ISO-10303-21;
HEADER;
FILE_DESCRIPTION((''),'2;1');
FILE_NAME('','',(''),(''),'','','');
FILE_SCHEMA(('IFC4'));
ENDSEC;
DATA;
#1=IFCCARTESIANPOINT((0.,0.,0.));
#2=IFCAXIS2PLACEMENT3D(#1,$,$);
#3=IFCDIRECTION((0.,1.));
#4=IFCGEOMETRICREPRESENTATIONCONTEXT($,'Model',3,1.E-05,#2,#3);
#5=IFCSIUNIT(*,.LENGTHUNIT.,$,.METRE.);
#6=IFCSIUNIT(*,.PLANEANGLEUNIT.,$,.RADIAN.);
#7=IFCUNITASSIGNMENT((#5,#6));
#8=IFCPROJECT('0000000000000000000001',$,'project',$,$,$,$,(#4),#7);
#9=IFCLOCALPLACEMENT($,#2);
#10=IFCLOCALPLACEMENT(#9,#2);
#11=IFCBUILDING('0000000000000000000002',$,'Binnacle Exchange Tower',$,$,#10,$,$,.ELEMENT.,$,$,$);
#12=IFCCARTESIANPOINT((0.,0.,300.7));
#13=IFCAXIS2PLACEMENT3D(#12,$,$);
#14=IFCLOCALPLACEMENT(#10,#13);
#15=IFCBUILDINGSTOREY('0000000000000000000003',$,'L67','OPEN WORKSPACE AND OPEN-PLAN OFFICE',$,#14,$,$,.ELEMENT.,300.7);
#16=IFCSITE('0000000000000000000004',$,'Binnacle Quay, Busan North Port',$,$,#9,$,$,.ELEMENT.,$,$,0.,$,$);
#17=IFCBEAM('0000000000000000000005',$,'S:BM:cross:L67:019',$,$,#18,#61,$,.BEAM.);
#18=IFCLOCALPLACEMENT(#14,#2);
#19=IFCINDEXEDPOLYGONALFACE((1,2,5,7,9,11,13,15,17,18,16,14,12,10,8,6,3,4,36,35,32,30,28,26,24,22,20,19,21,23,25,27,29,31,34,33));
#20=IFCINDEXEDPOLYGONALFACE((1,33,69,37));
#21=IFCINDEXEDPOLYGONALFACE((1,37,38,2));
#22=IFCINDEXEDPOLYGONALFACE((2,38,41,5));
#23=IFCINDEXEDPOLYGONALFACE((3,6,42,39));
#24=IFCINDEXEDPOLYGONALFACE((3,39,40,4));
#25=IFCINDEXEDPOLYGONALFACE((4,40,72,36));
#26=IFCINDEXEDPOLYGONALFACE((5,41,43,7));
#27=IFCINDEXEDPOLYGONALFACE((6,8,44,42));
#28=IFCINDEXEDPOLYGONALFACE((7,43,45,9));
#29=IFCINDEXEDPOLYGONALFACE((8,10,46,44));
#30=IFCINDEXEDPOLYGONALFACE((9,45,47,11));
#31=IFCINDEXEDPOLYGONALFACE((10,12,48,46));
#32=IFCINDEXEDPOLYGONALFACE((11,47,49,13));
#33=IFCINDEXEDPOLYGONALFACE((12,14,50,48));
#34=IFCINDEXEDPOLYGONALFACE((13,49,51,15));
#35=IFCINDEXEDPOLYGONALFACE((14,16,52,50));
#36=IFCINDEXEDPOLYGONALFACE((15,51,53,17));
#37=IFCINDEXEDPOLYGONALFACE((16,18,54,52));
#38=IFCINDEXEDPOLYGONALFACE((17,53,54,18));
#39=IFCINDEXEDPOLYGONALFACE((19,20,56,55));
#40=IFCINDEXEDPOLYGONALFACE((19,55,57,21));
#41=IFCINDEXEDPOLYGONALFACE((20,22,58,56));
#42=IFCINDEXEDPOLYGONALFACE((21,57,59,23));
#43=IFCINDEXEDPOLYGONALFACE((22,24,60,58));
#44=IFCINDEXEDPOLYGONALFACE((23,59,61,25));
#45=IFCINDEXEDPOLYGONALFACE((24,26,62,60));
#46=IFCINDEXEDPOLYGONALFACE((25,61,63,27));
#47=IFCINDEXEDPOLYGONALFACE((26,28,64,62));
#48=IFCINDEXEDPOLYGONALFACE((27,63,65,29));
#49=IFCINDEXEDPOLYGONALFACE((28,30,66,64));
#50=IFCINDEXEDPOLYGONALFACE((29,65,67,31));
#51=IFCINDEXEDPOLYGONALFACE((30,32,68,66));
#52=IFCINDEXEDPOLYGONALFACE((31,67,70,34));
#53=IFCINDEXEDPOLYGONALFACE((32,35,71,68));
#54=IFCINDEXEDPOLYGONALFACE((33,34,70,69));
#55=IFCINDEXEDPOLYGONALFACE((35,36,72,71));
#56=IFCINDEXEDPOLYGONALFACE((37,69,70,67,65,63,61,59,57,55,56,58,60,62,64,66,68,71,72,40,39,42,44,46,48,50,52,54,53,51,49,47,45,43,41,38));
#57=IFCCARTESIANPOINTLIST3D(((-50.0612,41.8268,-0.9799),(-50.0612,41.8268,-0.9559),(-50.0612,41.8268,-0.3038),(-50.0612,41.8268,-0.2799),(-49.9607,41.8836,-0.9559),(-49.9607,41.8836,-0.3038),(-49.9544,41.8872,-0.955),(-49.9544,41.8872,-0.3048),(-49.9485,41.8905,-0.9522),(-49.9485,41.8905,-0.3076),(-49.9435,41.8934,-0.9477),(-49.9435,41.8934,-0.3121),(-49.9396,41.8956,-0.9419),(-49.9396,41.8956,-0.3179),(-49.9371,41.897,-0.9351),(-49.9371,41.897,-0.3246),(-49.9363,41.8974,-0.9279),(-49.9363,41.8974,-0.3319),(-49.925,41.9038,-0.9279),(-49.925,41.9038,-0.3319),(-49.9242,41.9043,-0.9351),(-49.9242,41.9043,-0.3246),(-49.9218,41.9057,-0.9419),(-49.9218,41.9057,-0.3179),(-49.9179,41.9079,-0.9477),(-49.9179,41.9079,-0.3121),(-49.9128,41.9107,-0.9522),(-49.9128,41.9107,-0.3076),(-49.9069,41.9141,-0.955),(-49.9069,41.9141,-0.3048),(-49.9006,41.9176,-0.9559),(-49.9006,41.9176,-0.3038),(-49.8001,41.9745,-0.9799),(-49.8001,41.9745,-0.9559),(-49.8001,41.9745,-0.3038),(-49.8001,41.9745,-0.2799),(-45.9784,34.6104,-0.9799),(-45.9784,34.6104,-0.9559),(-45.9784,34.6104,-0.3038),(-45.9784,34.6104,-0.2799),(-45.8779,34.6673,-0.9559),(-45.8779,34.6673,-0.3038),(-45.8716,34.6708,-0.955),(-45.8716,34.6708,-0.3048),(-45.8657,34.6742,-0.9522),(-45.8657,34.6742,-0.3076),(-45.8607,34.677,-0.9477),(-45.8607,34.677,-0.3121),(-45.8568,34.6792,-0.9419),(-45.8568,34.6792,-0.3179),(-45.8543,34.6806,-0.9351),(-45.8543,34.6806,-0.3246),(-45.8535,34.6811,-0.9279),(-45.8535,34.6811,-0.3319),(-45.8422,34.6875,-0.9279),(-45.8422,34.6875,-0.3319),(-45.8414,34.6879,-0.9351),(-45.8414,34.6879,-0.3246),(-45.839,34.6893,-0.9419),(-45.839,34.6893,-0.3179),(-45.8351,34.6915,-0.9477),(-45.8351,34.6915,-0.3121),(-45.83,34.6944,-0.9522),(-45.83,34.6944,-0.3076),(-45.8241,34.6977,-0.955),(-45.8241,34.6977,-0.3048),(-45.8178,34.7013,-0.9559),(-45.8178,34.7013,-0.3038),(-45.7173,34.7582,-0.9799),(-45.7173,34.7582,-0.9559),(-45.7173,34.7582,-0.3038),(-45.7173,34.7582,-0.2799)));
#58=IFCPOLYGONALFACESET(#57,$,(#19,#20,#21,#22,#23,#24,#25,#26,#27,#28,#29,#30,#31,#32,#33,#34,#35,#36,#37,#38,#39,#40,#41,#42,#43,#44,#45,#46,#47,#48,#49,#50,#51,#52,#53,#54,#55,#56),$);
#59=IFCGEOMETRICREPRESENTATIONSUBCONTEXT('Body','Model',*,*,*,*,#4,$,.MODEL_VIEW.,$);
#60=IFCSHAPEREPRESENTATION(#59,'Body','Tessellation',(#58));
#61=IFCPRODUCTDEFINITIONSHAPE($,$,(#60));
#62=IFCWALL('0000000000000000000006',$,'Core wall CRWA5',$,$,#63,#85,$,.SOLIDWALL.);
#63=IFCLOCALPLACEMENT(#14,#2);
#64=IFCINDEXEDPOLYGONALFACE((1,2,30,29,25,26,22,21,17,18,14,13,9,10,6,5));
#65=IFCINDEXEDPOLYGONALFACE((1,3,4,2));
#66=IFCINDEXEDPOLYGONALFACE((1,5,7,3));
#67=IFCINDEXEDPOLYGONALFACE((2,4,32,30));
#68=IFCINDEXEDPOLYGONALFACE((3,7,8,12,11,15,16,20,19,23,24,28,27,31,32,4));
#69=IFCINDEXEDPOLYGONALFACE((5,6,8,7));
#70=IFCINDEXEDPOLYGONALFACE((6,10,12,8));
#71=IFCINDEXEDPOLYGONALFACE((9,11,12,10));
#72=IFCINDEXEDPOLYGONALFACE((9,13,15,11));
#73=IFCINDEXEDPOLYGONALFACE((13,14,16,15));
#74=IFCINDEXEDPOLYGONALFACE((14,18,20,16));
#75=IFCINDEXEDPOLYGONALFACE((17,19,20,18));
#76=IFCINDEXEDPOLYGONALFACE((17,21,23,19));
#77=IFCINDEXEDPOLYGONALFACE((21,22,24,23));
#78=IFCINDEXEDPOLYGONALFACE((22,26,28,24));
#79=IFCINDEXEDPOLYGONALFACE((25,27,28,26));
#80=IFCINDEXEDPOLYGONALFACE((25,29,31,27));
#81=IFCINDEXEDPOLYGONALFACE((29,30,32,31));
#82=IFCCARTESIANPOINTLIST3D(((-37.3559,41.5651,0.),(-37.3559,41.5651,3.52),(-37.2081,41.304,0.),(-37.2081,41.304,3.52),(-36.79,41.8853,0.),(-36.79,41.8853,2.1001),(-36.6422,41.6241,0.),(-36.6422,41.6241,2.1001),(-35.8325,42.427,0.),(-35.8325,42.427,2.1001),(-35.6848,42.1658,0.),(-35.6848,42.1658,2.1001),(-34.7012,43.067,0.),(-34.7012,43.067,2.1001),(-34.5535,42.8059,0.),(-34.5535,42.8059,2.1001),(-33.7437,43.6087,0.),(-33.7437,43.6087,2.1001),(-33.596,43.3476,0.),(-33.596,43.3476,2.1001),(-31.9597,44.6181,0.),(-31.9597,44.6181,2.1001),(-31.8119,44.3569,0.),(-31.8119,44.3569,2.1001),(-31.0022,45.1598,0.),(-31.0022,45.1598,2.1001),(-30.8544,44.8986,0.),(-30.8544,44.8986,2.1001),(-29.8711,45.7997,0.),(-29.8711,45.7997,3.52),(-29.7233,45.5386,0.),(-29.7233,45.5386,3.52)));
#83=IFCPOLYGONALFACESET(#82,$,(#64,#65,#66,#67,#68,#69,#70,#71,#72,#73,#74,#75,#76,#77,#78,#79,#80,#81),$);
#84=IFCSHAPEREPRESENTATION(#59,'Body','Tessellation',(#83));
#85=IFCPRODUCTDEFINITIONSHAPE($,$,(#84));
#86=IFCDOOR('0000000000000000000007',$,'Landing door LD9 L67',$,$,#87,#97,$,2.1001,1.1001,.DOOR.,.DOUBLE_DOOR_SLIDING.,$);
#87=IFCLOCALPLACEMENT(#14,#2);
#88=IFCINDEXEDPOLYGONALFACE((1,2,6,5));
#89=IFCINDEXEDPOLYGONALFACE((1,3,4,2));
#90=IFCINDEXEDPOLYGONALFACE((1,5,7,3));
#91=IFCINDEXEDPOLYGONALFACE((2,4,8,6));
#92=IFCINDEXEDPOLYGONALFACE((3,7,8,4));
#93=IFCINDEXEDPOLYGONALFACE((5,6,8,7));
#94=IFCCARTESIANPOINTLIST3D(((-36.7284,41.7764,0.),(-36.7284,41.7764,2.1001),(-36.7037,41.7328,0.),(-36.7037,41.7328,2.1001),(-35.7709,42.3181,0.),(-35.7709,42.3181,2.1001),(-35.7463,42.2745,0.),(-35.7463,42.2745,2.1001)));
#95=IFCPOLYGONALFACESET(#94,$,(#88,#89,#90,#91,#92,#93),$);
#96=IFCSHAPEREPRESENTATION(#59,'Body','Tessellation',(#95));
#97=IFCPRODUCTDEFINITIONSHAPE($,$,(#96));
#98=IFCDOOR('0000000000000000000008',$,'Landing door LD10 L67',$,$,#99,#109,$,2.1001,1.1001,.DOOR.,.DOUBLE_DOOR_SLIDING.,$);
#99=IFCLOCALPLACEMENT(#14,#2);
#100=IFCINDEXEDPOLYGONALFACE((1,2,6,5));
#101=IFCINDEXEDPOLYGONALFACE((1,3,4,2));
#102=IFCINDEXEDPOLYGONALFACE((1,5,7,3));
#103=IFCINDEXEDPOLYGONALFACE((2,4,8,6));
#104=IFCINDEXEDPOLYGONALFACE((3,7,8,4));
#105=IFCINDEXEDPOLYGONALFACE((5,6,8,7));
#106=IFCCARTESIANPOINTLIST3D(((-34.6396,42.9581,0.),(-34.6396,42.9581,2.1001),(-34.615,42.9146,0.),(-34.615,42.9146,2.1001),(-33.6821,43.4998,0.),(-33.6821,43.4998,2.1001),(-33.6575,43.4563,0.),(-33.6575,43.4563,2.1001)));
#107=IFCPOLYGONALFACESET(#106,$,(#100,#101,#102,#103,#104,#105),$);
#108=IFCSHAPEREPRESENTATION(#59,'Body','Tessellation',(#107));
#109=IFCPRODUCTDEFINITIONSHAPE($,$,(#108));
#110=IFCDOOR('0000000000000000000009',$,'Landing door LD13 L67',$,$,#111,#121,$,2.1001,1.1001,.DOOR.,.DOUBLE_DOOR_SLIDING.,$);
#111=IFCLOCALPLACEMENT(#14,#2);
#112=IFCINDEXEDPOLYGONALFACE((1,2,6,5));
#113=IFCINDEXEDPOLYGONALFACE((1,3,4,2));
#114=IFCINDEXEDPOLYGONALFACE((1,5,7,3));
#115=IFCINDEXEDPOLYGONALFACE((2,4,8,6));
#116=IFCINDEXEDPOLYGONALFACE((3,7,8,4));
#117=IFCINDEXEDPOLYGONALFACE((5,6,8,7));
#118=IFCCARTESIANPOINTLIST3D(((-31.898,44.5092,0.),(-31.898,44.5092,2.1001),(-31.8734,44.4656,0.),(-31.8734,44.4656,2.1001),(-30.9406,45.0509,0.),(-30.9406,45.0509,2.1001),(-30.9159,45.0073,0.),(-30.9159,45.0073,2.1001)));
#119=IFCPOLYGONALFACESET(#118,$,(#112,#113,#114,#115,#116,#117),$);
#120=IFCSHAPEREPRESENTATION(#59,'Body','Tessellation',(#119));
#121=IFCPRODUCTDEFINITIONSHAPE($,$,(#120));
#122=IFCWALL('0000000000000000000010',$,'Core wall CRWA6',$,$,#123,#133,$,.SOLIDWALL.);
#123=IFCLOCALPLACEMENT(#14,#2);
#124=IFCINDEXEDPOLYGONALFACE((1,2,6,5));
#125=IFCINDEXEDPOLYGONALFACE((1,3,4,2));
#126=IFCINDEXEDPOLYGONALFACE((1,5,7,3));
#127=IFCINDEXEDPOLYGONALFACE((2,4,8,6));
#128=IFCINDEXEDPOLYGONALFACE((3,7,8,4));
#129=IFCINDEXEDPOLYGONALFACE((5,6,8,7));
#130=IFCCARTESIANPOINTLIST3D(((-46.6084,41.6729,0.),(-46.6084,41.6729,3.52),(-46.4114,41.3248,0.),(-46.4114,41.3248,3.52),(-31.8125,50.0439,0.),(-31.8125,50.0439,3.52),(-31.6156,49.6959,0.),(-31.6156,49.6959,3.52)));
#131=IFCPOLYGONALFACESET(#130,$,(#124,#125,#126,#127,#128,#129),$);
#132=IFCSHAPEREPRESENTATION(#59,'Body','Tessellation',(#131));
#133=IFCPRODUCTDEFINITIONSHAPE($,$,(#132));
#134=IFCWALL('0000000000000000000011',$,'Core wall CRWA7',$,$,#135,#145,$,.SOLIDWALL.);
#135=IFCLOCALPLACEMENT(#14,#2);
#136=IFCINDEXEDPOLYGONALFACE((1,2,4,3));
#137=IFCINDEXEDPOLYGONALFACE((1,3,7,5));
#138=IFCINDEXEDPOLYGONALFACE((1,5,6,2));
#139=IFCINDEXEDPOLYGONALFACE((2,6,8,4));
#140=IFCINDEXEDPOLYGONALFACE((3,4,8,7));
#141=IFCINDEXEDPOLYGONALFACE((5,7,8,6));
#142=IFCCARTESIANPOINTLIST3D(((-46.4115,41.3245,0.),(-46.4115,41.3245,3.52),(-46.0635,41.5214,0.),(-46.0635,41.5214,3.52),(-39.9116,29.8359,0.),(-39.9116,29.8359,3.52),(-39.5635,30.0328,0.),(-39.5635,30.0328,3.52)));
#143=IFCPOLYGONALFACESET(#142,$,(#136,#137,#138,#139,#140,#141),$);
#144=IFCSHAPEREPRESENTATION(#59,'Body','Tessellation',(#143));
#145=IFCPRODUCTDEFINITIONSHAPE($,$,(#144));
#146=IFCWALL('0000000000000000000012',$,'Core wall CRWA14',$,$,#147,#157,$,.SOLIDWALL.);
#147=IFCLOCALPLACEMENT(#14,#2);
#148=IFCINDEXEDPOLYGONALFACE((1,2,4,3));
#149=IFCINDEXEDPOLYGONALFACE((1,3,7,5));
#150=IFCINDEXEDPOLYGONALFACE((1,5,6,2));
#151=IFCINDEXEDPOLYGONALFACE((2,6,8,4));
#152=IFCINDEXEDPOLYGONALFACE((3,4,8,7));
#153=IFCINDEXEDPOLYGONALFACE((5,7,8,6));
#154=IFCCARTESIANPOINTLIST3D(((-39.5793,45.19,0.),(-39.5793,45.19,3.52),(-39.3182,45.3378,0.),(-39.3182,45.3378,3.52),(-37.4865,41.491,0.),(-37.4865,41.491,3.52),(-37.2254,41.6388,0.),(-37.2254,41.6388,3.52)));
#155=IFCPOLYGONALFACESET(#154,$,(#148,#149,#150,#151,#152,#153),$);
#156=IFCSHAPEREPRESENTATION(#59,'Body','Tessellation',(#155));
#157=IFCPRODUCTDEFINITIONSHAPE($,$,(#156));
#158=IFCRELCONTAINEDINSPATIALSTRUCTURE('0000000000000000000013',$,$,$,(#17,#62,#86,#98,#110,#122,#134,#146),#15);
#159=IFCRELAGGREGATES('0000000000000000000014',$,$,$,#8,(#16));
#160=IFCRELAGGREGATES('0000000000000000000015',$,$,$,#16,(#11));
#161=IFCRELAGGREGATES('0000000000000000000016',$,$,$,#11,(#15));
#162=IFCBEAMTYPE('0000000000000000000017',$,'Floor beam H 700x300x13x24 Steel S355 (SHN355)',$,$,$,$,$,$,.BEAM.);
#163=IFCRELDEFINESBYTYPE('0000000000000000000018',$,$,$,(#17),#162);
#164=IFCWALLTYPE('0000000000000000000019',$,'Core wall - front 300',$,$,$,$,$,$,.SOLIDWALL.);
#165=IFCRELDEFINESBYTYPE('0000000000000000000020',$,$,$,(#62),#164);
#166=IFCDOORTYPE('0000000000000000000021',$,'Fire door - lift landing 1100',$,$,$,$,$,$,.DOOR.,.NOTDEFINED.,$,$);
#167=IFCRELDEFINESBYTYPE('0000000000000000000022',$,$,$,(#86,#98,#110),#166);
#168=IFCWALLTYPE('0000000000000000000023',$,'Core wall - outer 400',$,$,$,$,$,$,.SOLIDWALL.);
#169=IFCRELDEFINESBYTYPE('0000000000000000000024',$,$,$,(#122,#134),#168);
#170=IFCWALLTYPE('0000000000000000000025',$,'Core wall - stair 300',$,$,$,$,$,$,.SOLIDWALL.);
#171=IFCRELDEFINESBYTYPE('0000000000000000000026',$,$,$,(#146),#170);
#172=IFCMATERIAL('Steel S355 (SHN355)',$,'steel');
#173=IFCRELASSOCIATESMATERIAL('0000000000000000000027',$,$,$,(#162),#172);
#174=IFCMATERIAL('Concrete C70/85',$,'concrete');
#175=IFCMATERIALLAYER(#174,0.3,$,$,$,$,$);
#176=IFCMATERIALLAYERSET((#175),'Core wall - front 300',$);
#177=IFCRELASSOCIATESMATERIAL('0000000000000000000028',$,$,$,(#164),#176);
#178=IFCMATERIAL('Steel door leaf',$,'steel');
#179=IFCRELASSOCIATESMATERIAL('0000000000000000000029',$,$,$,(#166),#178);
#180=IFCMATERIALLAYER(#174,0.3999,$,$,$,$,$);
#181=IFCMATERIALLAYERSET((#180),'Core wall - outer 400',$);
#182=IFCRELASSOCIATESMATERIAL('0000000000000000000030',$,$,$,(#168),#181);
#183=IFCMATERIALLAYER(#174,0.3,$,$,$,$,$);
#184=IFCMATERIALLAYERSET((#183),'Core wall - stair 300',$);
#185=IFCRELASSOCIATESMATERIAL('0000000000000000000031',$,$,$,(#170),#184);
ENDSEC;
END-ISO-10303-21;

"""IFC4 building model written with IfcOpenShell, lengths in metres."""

from ifc_helpers import new_model, si_unit, direction, frame, frame_2d, origin, origin_2d, place, context, subcontext, project, spatial, rectangle, i_section, extrude, material, layer, layer_set, material_profile, profile_set, type_object, element, fill, save


model = new_model("IFC4")

# Units and contexts
model_context = context("Model", 3, precision=1e-05, world=origin(), true_north=direction((0.0, 1.0)))
body_context = subcontext(model_context, "Body", "Model", "MODEL_VIEW")
ifc_project = project(units=[si_unit("LENGTHUNIT", "METRE"), si_unit("PLANEANGLEUNIT", "RADIAN")], contexts=[model_context])

# Site, building, storey
site_placement = place(None, origin())
site = spatial("IfcSite", under=ifc_project, at=site_placement, Name="Binnacle Quay, Busan North Port", CompositionType="ELEMENT", RefElevation=0.0)
building_placement = place(site_placement, origin())
building = spatial("IfcBuilding", under=site, at=building_placement, Name="Binnacle Exchange Tower", CompositionType="ELEMENT")
storey_placement = place(building_placement, frame((0.0, 0.0, 300.7)))
storey = spatial("IfcBuildingStorey", under=building, at=storey_placement, Name="L67", Description="OPEN WORKSPACE AND OPEN-PLAN OFFICE", CompositionType="ELEMENT", Elevation=300.7)

# Beam
ifc_material_1 = material(Name="Steel S355 (SHN355)", Category="steel")
ifc_material_profile_1 = material_profile(ifc_material_1, i_section(OverallWidth=0.3, OverallDepth=0.7, WebThickness=0.0129, FlangeThickness=0.0239, FilletRadius=0.0281, at=origin_2d()), Name="H 700x300x13x24")
ifc_profile_set_1 = profile_set([ifc_material_profile_1], Name="Steel S355 (SHN355)")
beam_type_1 = type_object("IfcBeamType", Name="Floor beam H 700x300x13x24 Steel S355 (SHN355)", PredefinedType="BEAM", material=ifc_profile_set_1)
beam_1_placement = place(storey_placement, frame((-49.9307, 41.9006, -0.6299), z_axis=(0.492421, -0.870357, 0.0), x_axis=(0.870357, 0.492421, 0.0)))
element("IfcBeam", 1, at=beam_1_placement, inside=storey, type_object=beam_type_1, Name="S:BM:cross:L67:019", PredefinedType="BEAM", context=body_context, shape_type="SweptSolid", body=[
    extrude(i_section(OverallWidth=0.3, OverallDepth=0.7, WebThickness=0.0129, FlangeThickness=0.0239, FilletRadius=0.0281, at=origin_2d()), origin(), (0.0, 0.0, 1.0), 8.2913),
])

# Wall, openings, doors
ifc_material_2 = material(Name="Concrete C70/85", Category="concrete")
ifc_layer_1 = layer(ifc_material_2, 0.3)
ifc_layer_set_1 = layer_set([ifc_layer_1], Name="Core wall - front 300")
wall_type_1 = type_object("IfcWallType", Name="Core wall - front 300", PredefinedType="SOLIDWALL", material=ifc_layer_set_1)
wall_1_placement = place(storey_placement, frame((-37.282, 41.4346, 0.0), z_axis=(0.0, 0.0, 1.0), x_axis=(0.870361, 0.492414, 0.0)))
wall_1 = element("IfcWall", 2, at=wall_1_placement, inside=storey, type_object=wall_type_1, Name="Core wall CRWA5", PredefinedType="SOLIDWALL", context=body_context, shape_type="SweptSolid", body=[
    extrude(rectangle(XDim=8.5996, YDim=0.3, at=frame_2d((4.2998, 0.0))), origin(), (0.0, 0.0, 1.0), 3.52),
])
opening_1_placement = place(wall_1_placement, frame((0.6501, 0.0, 0.0)))
opening_1 = element("IfcOpeningElement", 3, at=opening_1_placement, cuts=wall_1, PredefinedType="OPENING", context=body_context, shape_type="SweptSolid", body=[
    extrude(rectangle(XDim=1.1001, YDim=2.1001, at=frame_2d((0.55, 1.05))), frame((0.0, 0.1599, 0.0), z_axis=(0.0, -1.0, 0.0), x_axis=(1.0, 0.0, 0.0)), (0.0, 0.0, 1.0), 0.3201),
])
opening_2_placement = place(wall_1_placement, frame((3.05, 0.0, 0.0)))
opening_2 = element("IfcOpeningElement", 4, at=opening_2_placement, cuts=wall_1, PredefinedType="OPENING", context=body_context, shape_type="SweptSolid", body=[
    extrude(rectangle(XDim=1.1001, YDim=2.1001, at=frame_2d((0.55, 1.05))), frame((0.0, 0.1599, 0.0), z_axis=(0.0, -1.0, 0.0), x_axis=(1.0, 0.0, 0.0)), (0.0, 0.0, 1.0), 0.3201),
])
opening_3_placement = place(wall_1_placement, frame((6.2, 0.0, 0.0)))
opening_3 = element("IfcOpeningElement", 5, at=opening_3_placement, cuts=wall_1, PredefinedType="OPENING", context=body_context, shape_type="SweptSolid", body=[
    extrude(rectangle(XDim=1.1001, YDim=2.1001, at=frame_2d((0.55, 1.05))), frame((0.0, 0.1599, 0.0), z_axis=(0.0, -1.0, 0.0), x_axis=(1.0, 0.0, 0.0)), (0.0, 0.0, 1.0), 0.3201),
])
ifc_material_3 = material(Name="Steel door leaf", Category="steel")
door_type_1 = type_object("IfcDoorType", Name="Fire door - lift landing 1100", OperationType="NOTDEFINED", PredefinedType="DOOR", material=ifc_material_3)
door_1_placement = place(opening_1_placement, origin())
door_1 = element("IfcDoor", 6, at=door_1_placement, inside=storey, type_object=door_type_1, Name="Landing door LD9 L67", OperationType="DOUBLE_DOOR_SLIDING", OverallHeight=2.1001, OverallWidth=1.1001, PredefinedType="DOOR", context=body_context, shape_type="SweptSolid", body=[
    extrude(rectangle(XDim=1.1001, YDim=2.1001, at=frame_2d((0.55, 1.05))), frame((0.0, 0.0249, 0.0), z_axis=(0.0, -1.0, 0.0), x_axis=(1.0, 0.0, 0.0)), (0.0, 0.0, 1.0), 0.05),
])
fill(opening_1, door_1)
door_2_placement = place(opening_2_placement, origin())
door_2 = element("IfcDoor", 7, at=door_2_placement, inside=storey, type_object=door_type_1, Name="Landing door LD10 L67", OperationType="DOUBLE_DOOR_SLIDING", OverallHeight=2.1001, OverallWidth=1.1001, PredefinedType="DOOR", context=body_context, shape_type="SweptSolid", body=[
    extrude(rectangle(XDim=1.1001, YDim=2.1001, at=frame_2d((0.55, 1.05))), frame((0.0, 0.0249, 0.0), z_axis=(0.0, -1.0, 0.0), x_axis=(1.0, 0.0, 0.0)), (0.0, 0.0, 1.0), 0.05),
])
fill(opening_2, door_2)
door_3_placement = place(opening_3_placement, origin())
door_3 = element("IfcDoor", 8, at=door_3_placement, inside=storey, type_object=door_type_1, Name="Landing door LD13 L67", OperationType="DOUBLE_DOOR_SLIDING", OverallHeight=2.1001, OverallWidth=1.1001, PredefinedType="DOOR", context=body_context, shape_type="SweptSolid", body=[
    extrude(rectangle(XDim=1.1001, YDim=2.1001, at=frame_2d((0.55, 1.05))), frame((0.0, 0.0249, 0.0), z_axis=(0.0, -1.0, 0.0), x_axis=(1.0, 0.0, 0.0)), (0.0, 0.0, 1.0), 0.05),
])
fill(opening_3, door_3)

# Walls
ifc_layer_2 = layer(ifc_material_2, 0.3999)
ifc_layer_set_2 = layer_set([ifc_layer_2], Name="Core wall - outer 400")
wall_type_2 = type_object("IfcWallType", Name="Core wall - outer 400", PredefinedType="SOLIDWALL", material=ifc_layer_set_2)
wall_2_placement = place(storey_placement, frame((-46.51, 41.4988, 0.0), z_axis=(0.0, 0.0, 1.0), x_axis=(0.870356, 0.492423, 0.0)))
element("IfcWall", 9, at=wall_2_placement, inside=storey, type_object=wall_type_2, Name="Core wall CRWA6", PredefinedType="SOLIDWALL", context=body_context, shape_type="SweptSolid", body=[
    extrude(rectangle(XDim=16.9998, YDim=0.3999, at=frame_2d((8.5, 0.0))), origin(), (0.0, 0.0, 1.0), 3.52),
])
wall_3_placement = place(storey_placement, frame((-46.2375, 41.4231, 0.0), z_axis=(0.0, 0.0, 1.0), x_axis=(0.492422, -0.870357, 0.0)))
element("IfcWall", 10, at=wall_3_placement, inside=storey, type_object=wall_type_2, Name="Core wall CRWA7", PredefinedType="SOLIDWALL", context=body_context, shape_type="SweptSolid", body=[
    extrude(rectangle(XDim=13.2, YDim=0.3999, at=frame_2d((6.6001, 0.0))), origin(), (0.0, 0.0, 1.0), 3.52),
])
ifc_layer_3 = layer(ifc_material_2, 0.3)
ifc_layer_set_3 = layer_set([ifc_layer_3], Name="Core wall - stair 300")
wall_type_3 = type_object("IfcWallType", Name="Core wall - stair 300", PredefinedType="SOLIDWALL", material=ifc_layer_set_3)
wall_4_placement = place(storey_placement, frame((-39.4487, 45.2639, 0.0), z_axis=(0.0, 0.0, 1.0), x_axis=(0.492423, -0.870356, 0.0)))
element("IfcWall", 11, at=wall_4_placement, inside=storey, type_object=wall_type_3, Name="Core wall CRWA14", PredefinedType="SOLIDWALL", context=body_context, shape_type="SweptSolid", body=[
    extrude(rectangle(XDim=4.25, YDim=0.3, at=frame_2d((2.125, 0.0))), origin(), (0.0, 0.0, 1.0), 3.52),
])

save(model, "model.ifc")
